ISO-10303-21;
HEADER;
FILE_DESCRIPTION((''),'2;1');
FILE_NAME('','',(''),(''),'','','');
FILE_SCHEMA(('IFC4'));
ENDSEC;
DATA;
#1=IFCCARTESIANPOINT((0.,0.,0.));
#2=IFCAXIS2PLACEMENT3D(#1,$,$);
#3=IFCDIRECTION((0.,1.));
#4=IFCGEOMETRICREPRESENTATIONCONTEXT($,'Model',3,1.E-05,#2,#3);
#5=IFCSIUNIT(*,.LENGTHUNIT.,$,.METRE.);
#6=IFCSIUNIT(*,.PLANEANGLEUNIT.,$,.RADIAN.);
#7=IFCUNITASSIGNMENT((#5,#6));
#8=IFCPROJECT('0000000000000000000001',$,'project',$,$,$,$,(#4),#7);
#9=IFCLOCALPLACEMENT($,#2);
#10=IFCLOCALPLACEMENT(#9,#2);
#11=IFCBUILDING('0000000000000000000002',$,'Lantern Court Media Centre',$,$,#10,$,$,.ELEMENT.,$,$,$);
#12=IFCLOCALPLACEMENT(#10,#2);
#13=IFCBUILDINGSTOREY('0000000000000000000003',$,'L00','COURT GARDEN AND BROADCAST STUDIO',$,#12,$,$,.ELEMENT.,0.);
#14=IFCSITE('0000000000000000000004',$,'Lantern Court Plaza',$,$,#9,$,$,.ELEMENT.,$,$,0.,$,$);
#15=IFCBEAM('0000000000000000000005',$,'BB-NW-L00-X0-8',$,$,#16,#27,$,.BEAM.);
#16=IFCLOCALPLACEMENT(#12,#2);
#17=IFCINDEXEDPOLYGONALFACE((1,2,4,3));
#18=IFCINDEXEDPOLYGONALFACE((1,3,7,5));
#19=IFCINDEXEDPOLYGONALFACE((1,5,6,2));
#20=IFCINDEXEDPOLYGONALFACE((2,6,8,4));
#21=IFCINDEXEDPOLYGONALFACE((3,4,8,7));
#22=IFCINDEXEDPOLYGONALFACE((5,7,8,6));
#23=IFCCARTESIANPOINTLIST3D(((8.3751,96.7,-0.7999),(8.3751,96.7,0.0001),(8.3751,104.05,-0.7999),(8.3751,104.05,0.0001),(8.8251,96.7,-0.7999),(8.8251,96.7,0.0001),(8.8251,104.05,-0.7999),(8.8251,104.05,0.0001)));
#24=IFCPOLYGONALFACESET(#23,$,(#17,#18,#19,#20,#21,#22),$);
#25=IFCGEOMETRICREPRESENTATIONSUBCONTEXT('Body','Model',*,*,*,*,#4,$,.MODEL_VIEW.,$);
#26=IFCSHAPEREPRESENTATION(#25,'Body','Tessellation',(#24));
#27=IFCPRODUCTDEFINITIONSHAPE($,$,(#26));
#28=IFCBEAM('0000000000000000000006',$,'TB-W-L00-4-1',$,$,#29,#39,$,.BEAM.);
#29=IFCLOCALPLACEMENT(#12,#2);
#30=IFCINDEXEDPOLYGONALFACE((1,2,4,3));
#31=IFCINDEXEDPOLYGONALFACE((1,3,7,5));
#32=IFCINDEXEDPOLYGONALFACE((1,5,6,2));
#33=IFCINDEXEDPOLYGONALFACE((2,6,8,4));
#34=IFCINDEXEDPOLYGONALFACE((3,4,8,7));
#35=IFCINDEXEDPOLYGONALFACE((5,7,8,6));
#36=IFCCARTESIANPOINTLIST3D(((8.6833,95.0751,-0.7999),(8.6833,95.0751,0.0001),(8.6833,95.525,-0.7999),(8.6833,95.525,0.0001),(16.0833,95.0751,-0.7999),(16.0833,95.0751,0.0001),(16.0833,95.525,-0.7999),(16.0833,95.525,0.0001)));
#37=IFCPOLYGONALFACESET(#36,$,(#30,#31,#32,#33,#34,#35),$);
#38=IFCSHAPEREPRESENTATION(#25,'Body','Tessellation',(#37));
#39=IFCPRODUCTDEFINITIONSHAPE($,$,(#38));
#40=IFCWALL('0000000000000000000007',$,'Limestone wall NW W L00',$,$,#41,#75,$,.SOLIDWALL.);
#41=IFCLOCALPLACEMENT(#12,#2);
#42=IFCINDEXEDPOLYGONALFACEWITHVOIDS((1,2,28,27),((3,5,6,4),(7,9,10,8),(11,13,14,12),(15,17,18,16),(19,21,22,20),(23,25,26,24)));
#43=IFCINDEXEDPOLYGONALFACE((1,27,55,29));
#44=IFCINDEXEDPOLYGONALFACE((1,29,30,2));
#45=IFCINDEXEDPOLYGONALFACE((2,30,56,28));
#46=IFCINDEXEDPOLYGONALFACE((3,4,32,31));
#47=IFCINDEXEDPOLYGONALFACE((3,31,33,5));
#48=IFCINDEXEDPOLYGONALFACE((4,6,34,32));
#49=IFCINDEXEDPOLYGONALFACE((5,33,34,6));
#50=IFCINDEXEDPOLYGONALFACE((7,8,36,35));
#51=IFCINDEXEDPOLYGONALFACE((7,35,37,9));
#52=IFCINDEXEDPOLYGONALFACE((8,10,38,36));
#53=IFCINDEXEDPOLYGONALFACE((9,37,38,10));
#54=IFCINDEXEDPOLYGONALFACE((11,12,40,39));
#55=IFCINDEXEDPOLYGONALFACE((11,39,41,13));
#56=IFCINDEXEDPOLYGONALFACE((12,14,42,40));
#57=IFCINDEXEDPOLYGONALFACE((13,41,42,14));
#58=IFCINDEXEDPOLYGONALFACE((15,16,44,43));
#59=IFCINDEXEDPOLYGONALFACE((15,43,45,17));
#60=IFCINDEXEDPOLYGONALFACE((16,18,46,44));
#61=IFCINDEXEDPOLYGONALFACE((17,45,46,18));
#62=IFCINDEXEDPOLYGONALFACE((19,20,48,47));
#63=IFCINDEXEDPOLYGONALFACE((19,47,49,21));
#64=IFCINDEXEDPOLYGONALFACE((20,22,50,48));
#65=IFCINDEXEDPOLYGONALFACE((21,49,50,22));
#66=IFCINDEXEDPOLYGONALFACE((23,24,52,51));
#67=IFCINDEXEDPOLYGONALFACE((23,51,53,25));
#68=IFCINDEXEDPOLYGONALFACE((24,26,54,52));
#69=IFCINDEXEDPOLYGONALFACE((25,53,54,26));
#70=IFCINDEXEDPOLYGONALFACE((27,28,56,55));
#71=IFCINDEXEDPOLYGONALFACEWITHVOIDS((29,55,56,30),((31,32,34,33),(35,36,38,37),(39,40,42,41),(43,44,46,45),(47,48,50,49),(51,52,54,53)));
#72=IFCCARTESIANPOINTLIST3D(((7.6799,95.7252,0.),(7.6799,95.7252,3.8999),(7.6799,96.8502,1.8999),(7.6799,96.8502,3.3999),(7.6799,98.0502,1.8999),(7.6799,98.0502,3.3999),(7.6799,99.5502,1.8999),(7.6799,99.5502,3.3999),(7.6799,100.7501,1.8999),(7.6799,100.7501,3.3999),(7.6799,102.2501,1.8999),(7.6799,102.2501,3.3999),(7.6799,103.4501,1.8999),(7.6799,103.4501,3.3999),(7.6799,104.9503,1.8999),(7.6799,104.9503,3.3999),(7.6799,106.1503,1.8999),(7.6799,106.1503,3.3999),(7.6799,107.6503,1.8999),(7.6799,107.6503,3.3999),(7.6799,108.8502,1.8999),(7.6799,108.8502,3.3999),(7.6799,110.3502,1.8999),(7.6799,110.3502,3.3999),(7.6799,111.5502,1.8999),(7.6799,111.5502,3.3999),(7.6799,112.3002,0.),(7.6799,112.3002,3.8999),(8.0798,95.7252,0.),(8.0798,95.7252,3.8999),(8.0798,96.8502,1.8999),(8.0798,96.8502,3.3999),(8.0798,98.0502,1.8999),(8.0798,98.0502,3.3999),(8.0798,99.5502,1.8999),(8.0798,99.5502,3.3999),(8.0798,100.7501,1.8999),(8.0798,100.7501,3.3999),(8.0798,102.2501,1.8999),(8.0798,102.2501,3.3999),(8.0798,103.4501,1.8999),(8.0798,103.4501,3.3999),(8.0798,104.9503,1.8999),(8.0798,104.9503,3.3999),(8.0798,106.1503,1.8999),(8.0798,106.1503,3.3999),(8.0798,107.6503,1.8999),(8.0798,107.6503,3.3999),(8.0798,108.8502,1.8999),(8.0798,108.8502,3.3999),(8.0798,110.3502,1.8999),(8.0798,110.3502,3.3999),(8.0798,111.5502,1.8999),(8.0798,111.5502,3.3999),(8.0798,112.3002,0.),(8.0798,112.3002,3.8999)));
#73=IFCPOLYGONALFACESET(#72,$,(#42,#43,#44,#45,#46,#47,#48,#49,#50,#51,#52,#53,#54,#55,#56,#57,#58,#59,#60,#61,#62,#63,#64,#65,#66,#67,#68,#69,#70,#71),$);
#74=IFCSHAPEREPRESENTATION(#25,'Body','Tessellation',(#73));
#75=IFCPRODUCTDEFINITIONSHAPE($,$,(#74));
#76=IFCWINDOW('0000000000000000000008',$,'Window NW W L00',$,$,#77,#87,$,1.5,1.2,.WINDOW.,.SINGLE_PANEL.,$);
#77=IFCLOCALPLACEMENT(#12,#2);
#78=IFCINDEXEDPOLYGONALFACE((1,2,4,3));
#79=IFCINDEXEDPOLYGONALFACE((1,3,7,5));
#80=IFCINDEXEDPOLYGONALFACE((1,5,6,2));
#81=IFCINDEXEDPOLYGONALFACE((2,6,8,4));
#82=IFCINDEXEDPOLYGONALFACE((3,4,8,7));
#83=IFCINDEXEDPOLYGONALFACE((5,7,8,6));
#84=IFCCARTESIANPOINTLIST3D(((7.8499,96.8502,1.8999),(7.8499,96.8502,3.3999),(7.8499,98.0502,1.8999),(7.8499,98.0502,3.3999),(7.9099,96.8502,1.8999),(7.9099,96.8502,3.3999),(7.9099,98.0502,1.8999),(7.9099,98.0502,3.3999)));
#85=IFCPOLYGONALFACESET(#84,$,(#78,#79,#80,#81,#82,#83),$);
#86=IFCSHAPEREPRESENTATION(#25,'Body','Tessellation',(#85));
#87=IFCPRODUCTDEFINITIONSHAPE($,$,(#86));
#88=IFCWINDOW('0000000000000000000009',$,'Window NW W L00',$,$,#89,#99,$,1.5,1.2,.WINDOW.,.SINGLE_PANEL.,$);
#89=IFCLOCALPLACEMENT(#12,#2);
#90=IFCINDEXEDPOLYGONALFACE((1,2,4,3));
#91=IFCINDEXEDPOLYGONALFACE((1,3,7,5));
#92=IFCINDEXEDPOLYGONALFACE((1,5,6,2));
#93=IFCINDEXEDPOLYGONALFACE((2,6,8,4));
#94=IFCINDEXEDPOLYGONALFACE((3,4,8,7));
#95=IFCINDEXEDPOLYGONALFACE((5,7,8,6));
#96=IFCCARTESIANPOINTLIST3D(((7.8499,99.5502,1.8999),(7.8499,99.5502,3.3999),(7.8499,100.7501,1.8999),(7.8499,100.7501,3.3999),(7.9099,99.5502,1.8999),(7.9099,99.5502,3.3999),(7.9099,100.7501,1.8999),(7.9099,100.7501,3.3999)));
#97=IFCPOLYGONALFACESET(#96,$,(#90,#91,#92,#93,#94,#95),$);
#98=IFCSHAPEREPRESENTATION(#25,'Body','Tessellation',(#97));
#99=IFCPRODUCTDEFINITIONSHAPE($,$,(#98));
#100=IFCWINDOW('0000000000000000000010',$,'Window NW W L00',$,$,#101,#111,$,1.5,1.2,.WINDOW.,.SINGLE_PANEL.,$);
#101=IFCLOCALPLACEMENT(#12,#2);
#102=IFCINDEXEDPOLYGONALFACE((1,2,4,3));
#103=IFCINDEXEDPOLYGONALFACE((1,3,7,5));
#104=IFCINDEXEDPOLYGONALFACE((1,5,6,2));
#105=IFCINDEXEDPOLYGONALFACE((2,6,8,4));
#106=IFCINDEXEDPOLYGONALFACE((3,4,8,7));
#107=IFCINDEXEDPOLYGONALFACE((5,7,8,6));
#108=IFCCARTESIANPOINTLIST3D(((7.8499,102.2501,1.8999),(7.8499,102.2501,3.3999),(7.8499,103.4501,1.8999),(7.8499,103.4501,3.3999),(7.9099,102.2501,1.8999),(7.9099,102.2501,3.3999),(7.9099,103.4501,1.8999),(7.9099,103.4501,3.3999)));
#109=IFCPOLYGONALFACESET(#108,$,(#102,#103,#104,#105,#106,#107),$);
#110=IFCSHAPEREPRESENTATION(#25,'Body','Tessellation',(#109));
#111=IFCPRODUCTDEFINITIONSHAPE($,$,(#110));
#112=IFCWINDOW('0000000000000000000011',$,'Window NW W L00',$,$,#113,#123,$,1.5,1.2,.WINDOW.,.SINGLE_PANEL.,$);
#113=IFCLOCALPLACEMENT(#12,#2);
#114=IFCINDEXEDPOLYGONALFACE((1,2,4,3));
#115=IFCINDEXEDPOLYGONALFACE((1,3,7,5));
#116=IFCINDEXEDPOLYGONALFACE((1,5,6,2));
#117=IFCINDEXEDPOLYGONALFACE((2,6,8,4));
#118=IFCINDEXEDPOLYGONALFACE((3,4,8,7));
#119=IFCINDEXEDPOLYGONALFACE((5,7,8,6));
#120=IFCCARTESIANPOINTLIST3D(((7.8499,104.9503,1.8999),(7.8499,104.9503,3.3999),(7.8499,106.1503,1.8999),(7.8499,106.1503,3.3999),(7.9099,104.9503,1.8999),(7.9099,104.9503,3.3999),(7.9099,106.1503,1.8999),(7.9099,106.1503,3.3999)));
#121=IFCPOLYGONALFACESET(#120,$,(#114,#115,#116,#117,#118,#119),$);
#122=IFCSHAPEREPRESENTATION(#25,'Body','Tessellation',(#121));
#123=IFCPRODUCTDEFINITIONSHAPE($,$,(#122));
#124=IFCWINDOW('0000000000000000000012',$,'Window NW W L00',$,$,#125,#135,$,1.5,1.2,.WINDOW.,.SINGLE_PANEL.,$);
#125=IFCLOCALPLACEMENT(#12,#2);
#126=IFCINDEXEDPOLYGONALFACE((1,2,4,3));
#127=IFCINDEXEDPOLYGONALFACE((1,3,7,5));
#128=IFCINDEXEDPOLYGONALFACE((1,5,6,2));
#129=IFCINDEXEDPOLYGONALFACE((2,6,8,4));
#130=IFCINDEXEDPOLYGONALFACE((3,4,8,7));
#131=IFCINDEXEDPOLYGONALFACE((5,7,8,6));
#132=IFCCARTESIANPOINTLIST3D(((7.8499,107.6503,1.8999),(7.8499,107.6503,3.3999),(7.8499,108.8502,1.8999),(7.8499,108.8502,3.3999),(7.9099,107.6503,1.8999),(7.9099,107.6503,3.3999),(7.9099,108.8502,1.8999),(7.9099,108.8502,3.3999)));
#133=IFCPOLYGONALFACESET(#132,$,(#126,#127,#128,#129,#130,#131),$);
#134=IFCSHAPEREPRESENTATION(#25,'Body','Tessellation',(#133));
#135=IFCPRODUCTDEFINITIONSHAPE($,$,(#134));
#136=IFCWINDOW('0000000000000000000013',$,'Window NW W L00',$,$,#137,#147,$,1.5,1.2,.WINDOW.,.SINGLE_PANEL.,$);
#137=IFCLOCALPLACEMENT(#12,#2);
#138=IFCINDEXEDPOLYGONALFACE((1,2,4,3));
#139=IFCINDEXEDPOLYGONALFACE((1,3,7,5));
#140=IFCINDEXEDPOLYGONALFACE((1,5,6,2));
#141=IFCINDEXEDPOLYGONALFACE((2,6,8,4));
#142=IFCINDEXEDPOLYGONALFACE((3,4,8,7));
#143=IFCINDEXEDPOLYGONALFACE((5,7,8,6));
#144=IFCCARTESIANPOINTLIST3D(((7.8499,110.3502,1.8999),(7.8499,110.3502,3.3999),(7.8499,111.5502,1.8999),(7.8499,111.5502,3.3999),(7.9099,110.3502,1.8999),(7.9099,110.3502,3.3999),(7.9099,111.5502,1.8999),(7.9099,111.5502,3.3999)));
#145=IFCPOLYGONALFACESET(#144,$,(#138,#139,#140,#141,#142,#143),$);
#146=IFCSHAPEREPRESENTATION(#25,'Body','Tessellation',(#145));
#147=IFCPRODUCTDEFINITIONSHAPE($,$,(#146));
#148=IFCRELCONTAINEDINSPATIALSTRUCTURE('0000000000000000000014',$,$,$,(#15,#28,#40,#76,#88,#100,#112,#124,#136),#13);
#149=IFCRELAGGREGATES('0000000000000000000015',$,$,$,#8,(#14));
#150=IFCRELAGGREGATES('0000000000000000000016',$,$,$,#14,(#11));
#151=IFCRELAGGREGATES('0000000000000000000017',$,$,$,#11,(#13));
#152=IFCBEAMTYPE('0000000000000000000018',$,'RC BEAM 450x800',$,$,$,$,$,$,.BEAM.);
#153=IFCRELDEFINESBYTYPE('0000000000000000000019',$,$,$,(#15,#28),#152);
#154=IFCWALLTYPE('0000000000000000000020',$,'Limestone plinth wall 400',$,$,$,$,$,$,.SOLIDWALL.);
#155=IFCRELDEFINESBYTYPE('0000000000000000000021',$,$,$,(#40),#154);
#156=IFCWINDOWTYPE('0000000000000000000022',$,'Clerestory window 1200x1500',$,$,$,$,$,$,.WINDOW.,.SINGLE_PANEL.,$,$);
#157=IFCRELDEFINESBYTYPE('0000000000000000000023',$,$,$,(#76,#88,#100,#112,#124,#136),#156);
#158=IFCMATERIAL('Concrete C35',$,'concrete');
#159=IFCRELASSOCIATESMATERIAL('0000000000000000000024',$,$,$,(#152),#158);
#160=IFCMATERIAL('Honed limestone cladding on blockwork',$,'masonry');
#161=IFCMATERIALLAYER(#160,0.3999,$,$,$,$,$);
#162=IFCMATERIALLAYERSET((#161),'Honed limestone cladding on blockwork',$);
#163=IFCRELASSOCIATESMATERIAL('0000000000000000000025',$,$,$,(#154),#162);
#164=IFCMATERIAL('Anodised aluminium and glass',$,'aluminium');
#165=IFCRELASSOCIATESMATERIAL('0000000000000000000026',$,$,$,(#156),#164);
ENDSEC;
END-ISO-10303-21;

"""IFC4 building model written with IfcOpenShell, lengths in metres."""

from ifc_helpers import new_model, si_unit, direction, frame, frame_2d, origin, origin_2d, place, context, subcontext, project, spatial, rectangle, extrude, material, layer, layer_set, material_profile, profile_set, type_object, element, fill, save


model = new_model("IFC4")

# Units and contexts
model_context = context("Model", 3, precision=1e-05, world=origin(), true_north=direction((0.0, 1.0)))
body_context = subcontext(model_context, "Body", "Model", "MODEL_VIEW")
ifc_project = project(units=[si_unit("LENGTHUNIT", "METRE"), si_unit("PLANEANGLEUNIT", "RADIAN")], contexts=[model_context])

# Site, building, storey
site_placement = place(None, origin())
site = spatial("IfcSite", under=ifc_project, at=site_placement, Name="Lantern Court Plaza", CompositionType="ELEMENT", RefElevation=0.0)
building_placement = place(site_placement, origin())
building = spatial("IfcBuilding", under=site, at=building_placement, Name="Lantern Court Media Centre", CompositionType="ELEMENT")
storey_placement = place(building_placement, origin())
storey = spatial("IfcBuildingStorey", under=building, at=storey_placement, Name="L00", Description="COURT GARDEN AND BROADCAST STUDIO", CompositionType="ELEMENT", Elevation=0.0)

# Shared definitions
ifc_material_1 = material(Name="Concrete C35", Category="concrete")

# Beams
ifc_material_profile_1 = material_profile(ifc_material_1, rectangle(XDim=0.45, YDim=0.8, at=origin_2d()), Name="RC 450x800")
ifc_profile_set_1 = profile_set([ifc_material_profile_1], Name="Concrete C35")
beam_type_1 = type_object("IfcBeamType", Name="RC BEAM 450x800", PredefinedType="BEAM", material=ifc_profile_set_1)
beam_1_placement = place(storey_placement, frame((8.6001, 96.7, -0.3999), z_axis=(0.0, 1.0, 0.0), x_axis=(-1.0, 0.0, 0.0)))
element("IfcBeam", 1, at=beam_1_placement, inside=storey, type_object=beam_type_1, Name="BB-NW-L00-X0-8", PredefinedType="BEAM", context=body_context, shape_type="SweptSolid", body=[
    extrude(rectangle(XDim=0.45, YDim=0.8, at=origin_2d()), origin(), (0.0, 0.0, 1.0), 7.3501),
])
beam_2_placement = place(storey_placement, frame((8.6833, 95.3, -0.3999), z_axis=(1.0, 0.0, 0.0), x_axis=(0.0, 1.0, 0.0)))
element("IfcBeam", 2, at=beam_2_placement, inside=storey, type_object=beam_type_1, Name="TB-W-L00-4-1", PredefinedType="BEAM", context=body_context, shape_type="SweptSolid", body=[
    extrude(rectangle(XDim=0.45, YDim=0.8, at=origin_2d()), origin(), (0.0, 0.0, 1.0), 7.3999),
])

# Wall, openings, windows
ifc_material_2 = material(Name="Honed limestone cladding on blockwork", Category="masonry")
ifc_layer_1 = layer(ifc_material_2, 0.3999)
ifc_layer_set_1 = layer_set([ifc_layer_1], Name="Honed limestone cladding on blockwork")
wall_type_1 = type_object("IfcWallType", Name="Limestone plinth wall 400", PredefinedType="SOLIDWALL", material=ifc_layer_set_1)
wall_1_placement = place(storey_placement, frame((7.8799, 95.7251, 0.0), z_axis=(0.0, 0.0, 1.0), x_axis=(0.0, 1.0, 0.0)))
wall_1 = element("IfcWall", 3, at=wall_1_placement, inside=storey, type_object=wall_type_1, Name="Limestone wall NW W L00", PredefinedType="SOLIDWALL", context=body_context, shape_type="SweptSolid", body=[
    extrude(rectangle(XDim=16.575, YDim=0.3999, at=frame_2d((8.2876, 0.0))), origin(), (0.0, 0.0, 1.0), 3.8999),
])
opening_1_placement = place(wall_1_placement, frame((1.125, 0.0, 1.8999)))
opening_1 = element("IfcOpeningElement", 4, at=opening_1_placement, cuts=wall_1, PredefinedType="OPENING", context=body_context, shape_type="SweptSolid", body=[
    extrude(rectangle(XDim=1.2, YDim=1.5, at=frame_2d((0.6001, 0.75))), frame((0.0, 0.21, 0.0), z_axis=(0.0, -1.0, 0.0), x_axis=(1.0, 0.0, 0.0)), (0.0, 0.0, 1.0), 0.4199),
])
opening_2_placement = place(wall_1_placement, frame((3.825, 0.0, 1.8999)))
opening_2 = element("IfcOpeningElement", 5, at=opening_2_placement, cuts=wall_1, PredefinedType="OPENING", context=body_context, shape_type="SweptSolid", body=[
    extrude(rectangle(XDim=1.2, YDim=1.5, at=frame_2d((0.6001, 0.75))), frame((0.0, 0.21, 0.0), z_axis=(0.0, -1.0, 0.0), x_axis=(1.0, 0.0, 0.0)), (0.0, 0.0, 1.0), 0.4199),
])
opening_3_placement = place(wall_1_placement, frame((6.5249, 0.0, 1.8999)))
opening_3 = element("IfcOpeningElement", 6, at=opening_3_placement, cuts=wall_1, PredefinedType="OPENING", context=body_context, shape_type="SweptSolid", body=[
    extrude(rectangle(XDim=1.2, YDim=1.5, at=frame_2d((0.6001, 0.75))), frame((0.0, 0.21, 0.0), z_axis=(0.0, -1.0, 0.0), x_axis=(1.0, 0.0, 0.0)), (0.0, 0.0, 1.0), 0.4199),
])
opening_4_placement = place(wall_1_placement, frame((9.2251, 0.0, 1.8999)))
opening_4 = element("IfcOpeningElement", 7, at=opening_4_placement, cuts=wall_1, PredefinedType="OPENING", context=body_context, shape_type="SweptSolid", body=[
    extrude(rectangle(XDim=1.2, YDim=1.5, at=frame_2d((0.6001, 0.75))), frame((0.0, 0.21, 0.0), z_axis=(0.0, -1.0, 0.0), x_axis=(1.0, 0.0, 0.0)), (0.0, 0.0, 1.0), 0.4199),
])
opening_5_placement = place(wall_1_placement, frame((11.925, 0.0, 1.8999)))
opening_5 = element("IfcOpeningElement", 8, at=opening_5_placement, cuts=wall_1, PredefinedType="OPENING", context=body_context, shape_type="SweptSolid", body=[
    extrude(rectangle(XDim=1.2, YDim=1.5, at=frame_2d((0.6001, 0.75))), frame((0.0, 0.21, 0.0), z_axis=(0.0, -1.0, 0.0), x_axis=(1.0, 0.0, 0.0)), (0.0, 0.0, 1.0), 0.4199),
])
opening_6_placement = place(wall_1_placement, frame((14.625, 0.0, 1.8999)))
opening_6 = element("IfcOpeningElement", 9, at=opening_6_placement, cuts=wall_1, PredefinedType="OPENING", context=body_context, shape_type="SweptSolid", body=[
    extrude(rectangle(XDim=1.2, YDim=1.5, at=frame_2d((0.6001, 0.75))), frame((0.0, 0.21, 0.0), z_axis=(0.0, -1.0, 0.0), x_axis=(1.0, 0.0, 0.0)), (0.0, 0.0, 1.0), 0.4199),
])
ifc_material_3 = material(Name="Anodised aluminium and glass", Category="aluminium")
window_type = type_object("IfcWindowType", Name="Clerestory window 1200x1500", PartitioningType="SINGLE_PANEL", PredefinedType="WINDOW", material=ifc_material_3)
window_1_placement = place(opening_1_placement, origin())
window_1 = element("IfcWindow", 10, at=window_1_placement, inside=storey, type_object=window_type, Name="Window NW W L00", OverallHeight=1.5, OverallWidth=1.2, PartitioningType="SINGLE_PANEL", PredefinedType="WINDOW", context=body_context, shape_type="SweptSolid", body=[
    extrude(rectangle(XDim=1.2, YDim=1.5, at=frame_2d((0.6001, 0.75))), frame((0.0, 0.03, 0.0), z_axis=(0.0, -1.0, 0.0), x_axis=(1.0, 0.0, 0.0)), (0.0, 0.0, 1.0), 0.0601),
])
fill(opening_1, window_1)
window_2_placement = place(opening_2_placement, origin())
window_2 = element("IfcWindow", 11, at=window_2_placement, inside=storey, type_object=window_type, Name="Window NW W L00", OverallHeight=1.5, OverallWidth=1.2, PartitioningType="SINGLE_PANEL", PredefinedType="WINDOW", context=body_context, shape_type="SweptSolid", body=[
    extrude(rectangle(XDim=1.2, YDim=1.5, at=frame_2d((0.6001, 0.75))), frame((0.0, 0.03, 0.0), z_axis=(0.0, -1.0, 0.0), x_axis=(1.0, 0.0, 0.0)), (0.0, 0.0, 1.0), 0.0601),
])
fill(opening_2, window_2)
window_3_placement = place(opening_3_placement, origin())
window_3 = element("IfcWindow", 12, at=window_3_placement, inside=storey, type_object=window_type, Name="Window NW W L00", OverallHeight=1.5, OverallWidth=1.2, PartitioningType="SINGLE_PANEL", PredefinedType="WINDOW", context=body_context, shape_type="SweptSolid", body=[
    extrude(rectangle(XDim=1.2, YDim=1.5, at=frame_2d((0.6001, 0.75))), frame((0.0, 0.03, 0.0), z_axis=(0.0, -1.0, 0.0), x_axis=(1.0, 0.0, 0.0)), (0.0, 0.0, 1.0), 0.0601),
])
fill(opening_3, window_3)
window_4_placement = place(opening_4_placement, origin())
window_4 = element("IfcWindow", 13, at=window_4_placement, inside=storey, type_object=window_type, Name="Window NW W L00", OverallHeight=1.5, OverallWidth=1.2, PartitioningType="SINGLE_PANEL", PredefinedType="WINDOW", context=body_context, shape_type="SweptSolid", body=[
    extrude(rectangle(XDim=1.2, YDim=1.5, at=frame_2d((0.6001, 0.75))), frame((0.0, 0.03, 0.0), z_axis=(0.0, -1.0, 0.0), x_axis=(1.0, 0.0, 0.0)), (0.0, 0.0, 1.0), 0.0601),
])
fill(opening_4, window_4)
window_5_placement = place(opening_5_placement, origin())
window_5 = element("IfcWindow", 14, at=window_5_placement, inside=storey, type_object=window_type, Name="Window NW W L00", OverallHeight=1.5, OverallWidth=1.2, PartitioningType="SINGLE_PANEL", PredefinedType="WINDOW", context=body_context, shape_type="SweptSolid", body=[
    extrude(rectangle(XDim=1.2, YDim=1.5, at=frame_2d((0.6001, 0.75))), frame((0.0, 0.03, 0.0), z_axis=(0.0, -1.0, 0.0), x_axis=(1.0, 0.0, 0.0)), (0.0, 0.0, 1.0), 0.0601),
])
fill(opening_5, window_5)
window_6_placement = place(opening_6_placement, origin())
window_6 = element("IfcWindow", 15, at=window_6_placement, inside=storey, type_object=window_type, Name="Window NW W L00", OverallHeight=1.5, OverallWidth=1.2, PartitioningType="SINGLE_PANEL", PredefinedType="WINDOW", context=body_context, shape_type="SweptSolid", body=[
    extrude(rectangle(XDim=1.2, YDim=1.5, at=frame_2d((0.6001, 0.75))), frame((0.0, 0.03, 0.0), z_axis=(0.0, -1.0, 0.0), x_axis=(1.0, 0.0, 0.0)), (0.0, 0.0, 1.0), 0.0601),
])
fill(opening_6, window_6)

save(model, "model.ifc")
